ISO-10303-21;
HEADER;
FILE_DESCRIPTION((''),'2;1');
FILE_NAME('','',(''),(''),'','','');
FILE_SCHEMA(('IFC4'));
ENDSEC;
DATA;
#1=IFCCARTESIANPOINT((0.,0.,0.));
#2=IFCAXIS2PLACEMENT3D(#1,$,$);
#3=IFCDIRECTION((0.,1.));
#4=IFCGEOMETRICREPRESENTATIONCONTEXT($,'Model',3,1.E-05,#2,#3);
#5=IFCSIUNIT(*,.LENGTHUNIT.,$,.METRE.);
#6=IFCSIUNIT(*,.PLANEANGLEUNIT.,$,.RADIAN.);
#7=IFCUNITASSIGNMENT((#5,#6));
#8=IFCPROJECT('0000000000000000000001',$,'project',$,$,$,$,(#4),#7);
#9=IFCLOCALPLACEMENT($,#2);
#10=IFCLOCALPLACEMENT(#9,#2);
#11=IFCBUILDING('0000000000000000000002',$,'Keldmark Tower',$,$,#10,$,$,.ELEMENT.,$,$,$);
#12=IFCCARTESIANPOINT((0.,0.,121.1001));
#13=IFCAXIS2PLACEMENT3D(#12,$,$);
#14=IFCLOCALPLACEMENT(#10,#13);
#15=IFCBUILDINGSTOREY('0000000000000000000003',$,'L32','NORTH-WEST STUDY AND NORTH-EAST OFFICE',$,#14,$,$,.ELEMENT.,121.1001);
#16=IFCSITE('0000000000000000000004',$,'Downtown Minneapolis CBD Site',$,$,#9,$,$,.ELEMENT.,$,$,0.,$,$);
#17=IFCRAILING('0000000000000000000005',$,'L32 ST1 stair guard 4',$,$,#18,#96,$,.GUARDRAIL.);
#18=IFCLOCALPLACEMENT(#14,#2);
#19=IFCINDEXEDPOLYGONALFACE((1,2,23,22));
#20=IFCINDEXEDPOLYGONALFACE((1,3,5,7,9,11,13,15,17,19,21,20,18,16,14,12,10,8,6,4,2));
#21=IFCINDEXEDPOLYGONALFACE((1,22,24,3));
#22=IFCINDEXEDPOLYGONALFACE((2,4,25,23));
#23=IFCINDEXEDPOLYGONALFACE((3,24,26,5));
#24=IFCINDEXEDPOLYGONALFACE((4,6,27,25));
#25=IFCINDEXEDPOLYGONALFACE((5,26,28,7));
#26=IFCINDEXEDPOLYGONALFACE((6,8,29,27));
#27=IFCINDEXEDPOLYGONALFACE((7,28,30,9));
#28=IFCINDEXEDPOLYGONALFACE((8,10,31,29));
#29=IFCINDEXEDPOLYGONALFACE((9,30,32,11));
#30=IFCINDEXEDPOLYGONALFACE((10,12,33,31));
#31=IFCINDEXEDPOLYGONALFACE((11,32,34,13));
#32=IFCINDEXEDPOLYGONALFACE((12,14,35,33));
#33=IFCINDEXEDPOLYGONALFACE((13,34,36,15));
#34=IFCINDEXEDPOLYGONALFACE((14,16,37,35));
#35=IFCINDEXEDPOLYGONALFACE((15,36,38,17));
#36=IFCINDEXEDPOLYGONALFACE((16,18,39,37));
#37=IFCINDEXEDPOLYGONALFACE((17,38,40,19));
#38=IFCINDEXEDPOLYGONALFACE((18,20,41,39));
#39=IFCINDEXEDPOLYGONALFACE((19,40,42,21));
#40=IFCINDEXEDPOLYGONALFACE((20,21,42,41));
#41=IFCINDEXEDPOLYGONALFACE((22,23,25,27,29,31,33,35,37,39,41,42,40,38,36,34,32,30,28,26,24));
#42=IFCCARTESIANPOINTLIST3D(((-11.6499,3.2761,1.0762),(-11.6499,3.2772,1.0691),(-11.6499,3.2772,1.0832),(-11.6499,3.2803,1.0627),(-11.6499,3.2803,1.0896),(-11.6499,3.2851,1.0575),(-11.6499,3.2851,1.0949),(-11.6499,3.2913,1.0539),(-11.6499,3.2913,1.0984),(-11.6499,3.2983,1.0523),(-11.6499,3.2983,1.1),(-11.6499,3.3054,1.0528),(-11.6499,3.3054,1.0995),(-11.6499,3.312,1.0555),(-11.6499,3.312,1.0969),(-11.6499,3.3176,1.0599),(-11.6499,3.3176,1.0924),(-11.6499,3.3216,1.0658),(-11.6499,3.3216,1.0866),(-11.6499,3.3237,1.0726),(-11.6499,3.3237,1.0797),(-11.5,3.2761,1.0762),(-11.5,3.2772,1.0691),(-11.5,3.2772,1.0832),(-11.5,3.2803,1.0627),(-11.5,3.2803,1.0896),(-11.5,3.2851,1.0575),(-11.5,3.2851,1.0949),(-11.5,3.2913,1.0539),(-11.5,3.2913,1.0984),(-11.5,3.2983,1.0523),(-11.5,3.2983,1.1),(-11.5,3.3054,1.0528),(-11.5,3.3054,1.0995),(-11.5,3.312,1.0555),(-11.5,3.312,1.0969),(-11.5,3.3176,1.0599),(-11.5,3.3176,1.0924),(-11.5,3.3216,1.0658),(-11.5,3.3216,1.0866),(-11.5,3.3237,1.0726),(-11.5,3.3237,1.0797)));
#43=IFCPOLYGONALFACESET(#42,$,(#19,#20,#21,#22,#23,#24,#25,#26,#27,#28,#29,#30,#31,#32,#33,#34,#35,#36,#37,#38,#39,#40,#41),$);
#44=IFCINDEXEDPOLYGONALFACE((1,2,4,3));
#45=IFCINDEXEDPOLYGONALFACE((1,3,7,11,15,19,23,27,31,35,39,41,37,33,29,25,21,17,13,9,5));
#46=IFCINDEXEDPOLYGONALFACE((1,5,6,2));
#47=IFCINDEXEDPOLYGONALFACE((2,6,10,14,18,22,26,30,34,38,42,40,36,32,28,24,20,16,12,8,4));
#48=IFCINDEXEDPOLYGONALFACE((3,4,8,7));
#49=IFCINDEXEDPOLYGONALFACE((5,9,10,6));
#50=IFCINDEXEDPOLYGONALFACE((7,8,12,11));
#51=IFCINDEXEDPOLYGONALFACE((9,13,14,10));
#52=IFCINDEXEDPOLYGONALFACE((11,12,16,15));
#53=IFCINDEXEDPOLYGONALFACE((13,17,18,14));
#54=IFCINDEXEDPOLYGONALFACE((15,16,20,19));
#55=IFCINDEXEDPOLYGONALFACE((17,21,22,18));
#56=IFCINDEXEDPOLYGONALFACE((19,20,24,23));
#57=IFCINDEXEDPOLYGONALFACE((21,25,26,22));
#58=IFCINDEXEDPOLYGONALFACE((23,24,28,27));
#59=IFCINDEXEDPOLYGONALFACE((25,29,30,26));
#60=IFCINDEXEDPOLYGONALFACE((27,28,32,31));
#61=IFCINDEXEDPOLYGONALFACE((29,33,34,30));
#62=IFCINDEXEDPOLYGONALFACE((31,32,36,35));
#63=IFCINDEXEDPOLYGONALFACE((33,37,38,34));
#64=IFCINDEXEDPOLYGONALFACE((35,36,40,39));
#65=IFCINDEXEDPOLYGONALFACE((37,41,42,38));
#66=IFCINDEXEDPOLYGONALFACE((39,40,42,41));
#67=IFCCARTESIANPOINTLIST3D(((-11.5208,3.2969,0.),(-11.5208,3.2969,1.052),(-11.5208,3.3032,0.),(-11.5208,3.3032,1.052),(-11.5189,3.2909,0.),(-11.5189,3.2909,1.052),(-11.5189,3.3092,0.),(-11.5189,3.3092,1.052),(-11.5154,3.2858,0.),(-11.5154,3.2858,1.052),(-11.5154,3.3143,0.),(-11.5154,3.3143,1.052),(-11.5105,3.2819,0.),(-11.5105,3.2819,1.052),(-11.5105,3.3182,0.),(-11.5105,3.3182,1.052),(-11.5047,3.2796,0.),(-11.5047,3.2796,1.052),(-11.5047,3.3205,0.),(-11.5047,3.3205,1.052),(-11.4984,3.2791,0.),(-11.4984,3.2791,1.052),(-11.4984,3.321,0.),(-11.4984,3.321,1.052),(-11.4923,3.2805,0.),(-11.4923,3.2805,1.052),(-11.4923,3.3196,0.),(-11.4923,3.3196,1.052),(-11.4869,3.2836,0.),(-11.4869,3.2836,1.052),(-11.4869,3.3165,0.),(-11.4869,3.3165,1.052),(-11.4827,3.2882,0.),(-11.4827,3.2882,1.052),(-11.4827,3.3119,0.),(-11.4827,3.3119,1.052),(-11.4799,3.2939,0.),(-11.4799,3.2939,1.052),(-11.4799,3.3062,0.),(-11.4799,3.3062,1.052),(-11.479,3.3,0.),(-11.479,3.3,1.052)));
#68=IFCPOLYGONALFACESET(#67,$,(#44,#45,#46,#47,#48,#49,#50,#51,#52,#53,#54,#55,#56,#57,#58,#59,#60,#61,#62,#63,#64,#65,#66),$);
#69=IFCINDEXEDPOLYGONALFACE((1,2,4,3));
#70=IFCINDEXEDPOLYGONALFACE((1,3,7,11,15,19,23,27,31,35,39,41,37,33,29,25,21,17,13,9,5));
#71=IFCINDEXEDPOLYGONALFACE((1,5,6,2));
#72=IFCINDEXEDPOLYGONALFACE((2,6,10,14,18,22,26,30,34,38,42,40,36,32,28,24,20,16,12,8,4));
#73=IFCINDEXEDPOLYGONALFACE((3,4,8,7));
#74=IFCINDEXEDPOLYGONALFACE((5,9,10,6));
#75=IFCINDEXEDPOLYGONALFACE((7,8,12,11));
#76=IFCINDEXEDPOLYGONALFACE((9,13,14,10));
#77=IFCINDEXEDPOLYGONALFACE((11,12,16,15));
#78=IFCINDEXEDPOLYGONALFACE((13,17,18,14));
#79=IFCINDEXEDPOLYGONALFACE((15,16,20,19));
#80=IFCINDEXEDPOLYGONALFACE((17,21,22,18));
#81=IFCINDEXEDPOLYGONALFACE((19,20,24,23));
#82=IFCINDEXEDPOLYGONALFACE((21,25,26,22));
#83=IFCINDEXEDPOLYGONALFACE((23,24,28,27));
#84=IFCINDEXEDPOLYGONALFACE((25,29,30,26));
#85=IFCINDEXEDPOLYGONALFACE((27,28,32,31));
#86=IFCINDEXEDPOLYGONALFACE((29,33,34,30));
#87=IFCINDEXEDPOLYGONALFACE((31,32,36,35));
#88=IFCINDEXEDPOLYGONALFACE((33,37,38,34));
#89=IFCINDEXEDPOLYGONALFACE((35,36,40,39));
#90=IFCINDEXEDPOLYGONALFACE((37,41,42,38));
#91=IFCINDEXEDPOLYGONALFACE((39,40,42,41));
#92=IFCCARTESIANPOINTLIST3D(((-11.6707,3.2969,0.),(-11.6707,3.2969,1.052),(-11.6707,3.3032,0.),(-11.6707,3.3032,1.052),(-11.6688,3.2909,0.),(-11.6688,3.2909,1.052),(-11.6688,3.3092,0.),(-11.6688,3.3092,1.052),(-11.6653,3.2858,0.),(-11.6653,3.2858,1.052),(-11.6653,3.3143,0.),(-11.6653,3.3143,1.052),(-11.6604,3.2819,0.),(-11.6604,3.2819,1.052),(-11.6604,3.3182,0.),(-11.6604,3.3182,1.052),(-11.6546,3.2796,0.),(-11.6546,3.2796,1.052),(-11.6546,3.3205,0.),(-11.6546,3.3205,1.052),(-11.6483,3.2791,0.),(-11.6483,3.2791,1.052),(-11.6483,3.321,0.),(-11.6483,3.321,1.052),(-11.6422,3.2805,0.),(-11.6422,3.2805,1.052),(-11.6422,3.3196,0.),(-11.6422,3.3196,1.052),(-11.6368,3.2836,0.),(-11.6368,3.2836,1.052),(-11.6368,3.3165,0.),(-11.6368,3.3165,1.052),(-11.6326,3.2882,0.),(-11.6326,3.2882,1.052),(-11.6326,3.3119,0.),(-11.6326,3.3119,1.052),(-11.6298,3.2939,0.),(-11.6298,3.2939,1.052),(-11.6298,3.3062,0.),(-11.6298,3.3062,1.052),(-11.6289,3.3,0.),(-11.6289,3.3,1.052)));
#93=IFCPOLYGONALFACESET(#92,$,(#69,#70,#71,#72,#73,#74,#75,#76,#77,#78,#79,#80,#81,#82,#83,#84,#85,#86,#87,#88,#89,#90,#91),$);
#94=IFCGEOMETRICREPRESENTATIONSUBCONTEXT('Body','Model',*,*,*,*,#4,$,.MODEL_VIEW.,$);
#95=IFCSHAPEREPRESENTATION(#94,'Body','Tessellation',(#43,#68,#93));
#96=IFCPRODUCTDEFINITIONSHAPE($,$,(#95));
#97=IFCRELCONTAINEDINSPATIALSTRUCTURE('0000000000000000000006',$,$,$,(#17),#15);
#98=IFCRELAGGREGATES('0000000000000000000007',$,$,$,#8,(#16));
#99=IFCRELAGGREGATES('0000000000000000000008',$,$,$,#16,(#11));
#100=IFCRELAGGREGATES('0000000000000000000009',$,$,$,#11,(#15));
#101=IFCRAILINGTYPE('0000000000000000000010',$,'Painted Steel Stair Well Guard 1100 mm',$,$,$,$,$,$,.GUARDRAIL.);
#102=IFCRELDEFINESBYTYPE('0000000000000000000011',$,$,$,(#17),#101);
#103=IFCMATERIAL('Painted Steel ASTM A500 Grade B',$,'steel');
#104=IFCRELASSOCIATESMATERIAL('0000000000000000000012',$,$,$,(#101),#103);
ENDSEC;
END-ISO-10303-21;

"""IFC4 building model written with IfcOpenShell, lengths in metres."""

from ifc_helpers import new_model, si_unit, direction, frame, origin, origin_2d, place, context, subcontext, project, spatial, circle, extrude, material, type_object, element, save


model = new_model("IFC4")

# Units and contexts
model_context = context("Model", 3, precision=1e-05, world=origin(), true_north=direction((0.0, 1.0)))
body_context = subcontext(model_context, "Body", "Model", "MODEL_VIEW")
ifc_project = project(units=[si_unit("LENGTHUNIT", "METRE"), si_unit("PLANEANGLEUNIT", "RADIAN")], contexts=[model_context])

# Site, building, storey
site_placement = place(None, origin())
site = spatial("IfcSite", under=ifc_project, at=site_placement, Name="Downtown Minneapolis CBD Site", CompositionType="ELEMENT", RefElevation=0.0)
building_placement = place(site_placement, origin())
building = spatial("IfcBuilding", under=site, at=building_placement, Name="Keldmark Tower", CompositionType="ELEMENT")
storey_placement = place(building_placement, frame((0.0, 0.0, 121.1001)))
storey = spatial("IfcBuildingStorey", under=building, at=storey_placement, Name="L32", Description="NORTH-WEST STUDY AND NORTH-EAST OFFICE", CompositionType="ELEMENT", Elevation=121.1001)

# Railing
ifc_material_1 = material(Name="Painted Steel ASTM A500 Grade B", Category="steel")
railing_type_1 = type_object("IfcRailingType", Name="Painted Steel Stair Well Guard 1100 mm", PredefinedType="GUARDRAIL", material=ifc_material_1)
railing_1_placement = place(storey_placement, frame((-11.5, 3.3, 0.0)))
element("IfcRailing", 1, at=railing_1_placement, inside=storey, type_object=railing_type_1, Name="L32 ST1 stair guard 4", PredefinedType="GUARDRAIL", context=body_context, shape_type="SweptSolid", body=[
    extrude(circle(Radius=0.0239, at=origin_2d()), frame((0.0, 0.0, 1.0762), z_axis=(-1.0, 0.0, 0.0), x_axis=(0.0, -1.0, 0.0)), (0.0, 0.0, 1.0), 0.1499),
    extrude(circle(Radius=0.021, at=origin_2d()), origin(), (0.0, 0.0, 1.0), 1.052),
    extrude(circle(Radius=0.021, at=origin_2d()), frame((-0.1499, 0.0, 0.0)), (0.0, 0.0, 1.0), 1.052),
])

save(model, "model.ifc")
